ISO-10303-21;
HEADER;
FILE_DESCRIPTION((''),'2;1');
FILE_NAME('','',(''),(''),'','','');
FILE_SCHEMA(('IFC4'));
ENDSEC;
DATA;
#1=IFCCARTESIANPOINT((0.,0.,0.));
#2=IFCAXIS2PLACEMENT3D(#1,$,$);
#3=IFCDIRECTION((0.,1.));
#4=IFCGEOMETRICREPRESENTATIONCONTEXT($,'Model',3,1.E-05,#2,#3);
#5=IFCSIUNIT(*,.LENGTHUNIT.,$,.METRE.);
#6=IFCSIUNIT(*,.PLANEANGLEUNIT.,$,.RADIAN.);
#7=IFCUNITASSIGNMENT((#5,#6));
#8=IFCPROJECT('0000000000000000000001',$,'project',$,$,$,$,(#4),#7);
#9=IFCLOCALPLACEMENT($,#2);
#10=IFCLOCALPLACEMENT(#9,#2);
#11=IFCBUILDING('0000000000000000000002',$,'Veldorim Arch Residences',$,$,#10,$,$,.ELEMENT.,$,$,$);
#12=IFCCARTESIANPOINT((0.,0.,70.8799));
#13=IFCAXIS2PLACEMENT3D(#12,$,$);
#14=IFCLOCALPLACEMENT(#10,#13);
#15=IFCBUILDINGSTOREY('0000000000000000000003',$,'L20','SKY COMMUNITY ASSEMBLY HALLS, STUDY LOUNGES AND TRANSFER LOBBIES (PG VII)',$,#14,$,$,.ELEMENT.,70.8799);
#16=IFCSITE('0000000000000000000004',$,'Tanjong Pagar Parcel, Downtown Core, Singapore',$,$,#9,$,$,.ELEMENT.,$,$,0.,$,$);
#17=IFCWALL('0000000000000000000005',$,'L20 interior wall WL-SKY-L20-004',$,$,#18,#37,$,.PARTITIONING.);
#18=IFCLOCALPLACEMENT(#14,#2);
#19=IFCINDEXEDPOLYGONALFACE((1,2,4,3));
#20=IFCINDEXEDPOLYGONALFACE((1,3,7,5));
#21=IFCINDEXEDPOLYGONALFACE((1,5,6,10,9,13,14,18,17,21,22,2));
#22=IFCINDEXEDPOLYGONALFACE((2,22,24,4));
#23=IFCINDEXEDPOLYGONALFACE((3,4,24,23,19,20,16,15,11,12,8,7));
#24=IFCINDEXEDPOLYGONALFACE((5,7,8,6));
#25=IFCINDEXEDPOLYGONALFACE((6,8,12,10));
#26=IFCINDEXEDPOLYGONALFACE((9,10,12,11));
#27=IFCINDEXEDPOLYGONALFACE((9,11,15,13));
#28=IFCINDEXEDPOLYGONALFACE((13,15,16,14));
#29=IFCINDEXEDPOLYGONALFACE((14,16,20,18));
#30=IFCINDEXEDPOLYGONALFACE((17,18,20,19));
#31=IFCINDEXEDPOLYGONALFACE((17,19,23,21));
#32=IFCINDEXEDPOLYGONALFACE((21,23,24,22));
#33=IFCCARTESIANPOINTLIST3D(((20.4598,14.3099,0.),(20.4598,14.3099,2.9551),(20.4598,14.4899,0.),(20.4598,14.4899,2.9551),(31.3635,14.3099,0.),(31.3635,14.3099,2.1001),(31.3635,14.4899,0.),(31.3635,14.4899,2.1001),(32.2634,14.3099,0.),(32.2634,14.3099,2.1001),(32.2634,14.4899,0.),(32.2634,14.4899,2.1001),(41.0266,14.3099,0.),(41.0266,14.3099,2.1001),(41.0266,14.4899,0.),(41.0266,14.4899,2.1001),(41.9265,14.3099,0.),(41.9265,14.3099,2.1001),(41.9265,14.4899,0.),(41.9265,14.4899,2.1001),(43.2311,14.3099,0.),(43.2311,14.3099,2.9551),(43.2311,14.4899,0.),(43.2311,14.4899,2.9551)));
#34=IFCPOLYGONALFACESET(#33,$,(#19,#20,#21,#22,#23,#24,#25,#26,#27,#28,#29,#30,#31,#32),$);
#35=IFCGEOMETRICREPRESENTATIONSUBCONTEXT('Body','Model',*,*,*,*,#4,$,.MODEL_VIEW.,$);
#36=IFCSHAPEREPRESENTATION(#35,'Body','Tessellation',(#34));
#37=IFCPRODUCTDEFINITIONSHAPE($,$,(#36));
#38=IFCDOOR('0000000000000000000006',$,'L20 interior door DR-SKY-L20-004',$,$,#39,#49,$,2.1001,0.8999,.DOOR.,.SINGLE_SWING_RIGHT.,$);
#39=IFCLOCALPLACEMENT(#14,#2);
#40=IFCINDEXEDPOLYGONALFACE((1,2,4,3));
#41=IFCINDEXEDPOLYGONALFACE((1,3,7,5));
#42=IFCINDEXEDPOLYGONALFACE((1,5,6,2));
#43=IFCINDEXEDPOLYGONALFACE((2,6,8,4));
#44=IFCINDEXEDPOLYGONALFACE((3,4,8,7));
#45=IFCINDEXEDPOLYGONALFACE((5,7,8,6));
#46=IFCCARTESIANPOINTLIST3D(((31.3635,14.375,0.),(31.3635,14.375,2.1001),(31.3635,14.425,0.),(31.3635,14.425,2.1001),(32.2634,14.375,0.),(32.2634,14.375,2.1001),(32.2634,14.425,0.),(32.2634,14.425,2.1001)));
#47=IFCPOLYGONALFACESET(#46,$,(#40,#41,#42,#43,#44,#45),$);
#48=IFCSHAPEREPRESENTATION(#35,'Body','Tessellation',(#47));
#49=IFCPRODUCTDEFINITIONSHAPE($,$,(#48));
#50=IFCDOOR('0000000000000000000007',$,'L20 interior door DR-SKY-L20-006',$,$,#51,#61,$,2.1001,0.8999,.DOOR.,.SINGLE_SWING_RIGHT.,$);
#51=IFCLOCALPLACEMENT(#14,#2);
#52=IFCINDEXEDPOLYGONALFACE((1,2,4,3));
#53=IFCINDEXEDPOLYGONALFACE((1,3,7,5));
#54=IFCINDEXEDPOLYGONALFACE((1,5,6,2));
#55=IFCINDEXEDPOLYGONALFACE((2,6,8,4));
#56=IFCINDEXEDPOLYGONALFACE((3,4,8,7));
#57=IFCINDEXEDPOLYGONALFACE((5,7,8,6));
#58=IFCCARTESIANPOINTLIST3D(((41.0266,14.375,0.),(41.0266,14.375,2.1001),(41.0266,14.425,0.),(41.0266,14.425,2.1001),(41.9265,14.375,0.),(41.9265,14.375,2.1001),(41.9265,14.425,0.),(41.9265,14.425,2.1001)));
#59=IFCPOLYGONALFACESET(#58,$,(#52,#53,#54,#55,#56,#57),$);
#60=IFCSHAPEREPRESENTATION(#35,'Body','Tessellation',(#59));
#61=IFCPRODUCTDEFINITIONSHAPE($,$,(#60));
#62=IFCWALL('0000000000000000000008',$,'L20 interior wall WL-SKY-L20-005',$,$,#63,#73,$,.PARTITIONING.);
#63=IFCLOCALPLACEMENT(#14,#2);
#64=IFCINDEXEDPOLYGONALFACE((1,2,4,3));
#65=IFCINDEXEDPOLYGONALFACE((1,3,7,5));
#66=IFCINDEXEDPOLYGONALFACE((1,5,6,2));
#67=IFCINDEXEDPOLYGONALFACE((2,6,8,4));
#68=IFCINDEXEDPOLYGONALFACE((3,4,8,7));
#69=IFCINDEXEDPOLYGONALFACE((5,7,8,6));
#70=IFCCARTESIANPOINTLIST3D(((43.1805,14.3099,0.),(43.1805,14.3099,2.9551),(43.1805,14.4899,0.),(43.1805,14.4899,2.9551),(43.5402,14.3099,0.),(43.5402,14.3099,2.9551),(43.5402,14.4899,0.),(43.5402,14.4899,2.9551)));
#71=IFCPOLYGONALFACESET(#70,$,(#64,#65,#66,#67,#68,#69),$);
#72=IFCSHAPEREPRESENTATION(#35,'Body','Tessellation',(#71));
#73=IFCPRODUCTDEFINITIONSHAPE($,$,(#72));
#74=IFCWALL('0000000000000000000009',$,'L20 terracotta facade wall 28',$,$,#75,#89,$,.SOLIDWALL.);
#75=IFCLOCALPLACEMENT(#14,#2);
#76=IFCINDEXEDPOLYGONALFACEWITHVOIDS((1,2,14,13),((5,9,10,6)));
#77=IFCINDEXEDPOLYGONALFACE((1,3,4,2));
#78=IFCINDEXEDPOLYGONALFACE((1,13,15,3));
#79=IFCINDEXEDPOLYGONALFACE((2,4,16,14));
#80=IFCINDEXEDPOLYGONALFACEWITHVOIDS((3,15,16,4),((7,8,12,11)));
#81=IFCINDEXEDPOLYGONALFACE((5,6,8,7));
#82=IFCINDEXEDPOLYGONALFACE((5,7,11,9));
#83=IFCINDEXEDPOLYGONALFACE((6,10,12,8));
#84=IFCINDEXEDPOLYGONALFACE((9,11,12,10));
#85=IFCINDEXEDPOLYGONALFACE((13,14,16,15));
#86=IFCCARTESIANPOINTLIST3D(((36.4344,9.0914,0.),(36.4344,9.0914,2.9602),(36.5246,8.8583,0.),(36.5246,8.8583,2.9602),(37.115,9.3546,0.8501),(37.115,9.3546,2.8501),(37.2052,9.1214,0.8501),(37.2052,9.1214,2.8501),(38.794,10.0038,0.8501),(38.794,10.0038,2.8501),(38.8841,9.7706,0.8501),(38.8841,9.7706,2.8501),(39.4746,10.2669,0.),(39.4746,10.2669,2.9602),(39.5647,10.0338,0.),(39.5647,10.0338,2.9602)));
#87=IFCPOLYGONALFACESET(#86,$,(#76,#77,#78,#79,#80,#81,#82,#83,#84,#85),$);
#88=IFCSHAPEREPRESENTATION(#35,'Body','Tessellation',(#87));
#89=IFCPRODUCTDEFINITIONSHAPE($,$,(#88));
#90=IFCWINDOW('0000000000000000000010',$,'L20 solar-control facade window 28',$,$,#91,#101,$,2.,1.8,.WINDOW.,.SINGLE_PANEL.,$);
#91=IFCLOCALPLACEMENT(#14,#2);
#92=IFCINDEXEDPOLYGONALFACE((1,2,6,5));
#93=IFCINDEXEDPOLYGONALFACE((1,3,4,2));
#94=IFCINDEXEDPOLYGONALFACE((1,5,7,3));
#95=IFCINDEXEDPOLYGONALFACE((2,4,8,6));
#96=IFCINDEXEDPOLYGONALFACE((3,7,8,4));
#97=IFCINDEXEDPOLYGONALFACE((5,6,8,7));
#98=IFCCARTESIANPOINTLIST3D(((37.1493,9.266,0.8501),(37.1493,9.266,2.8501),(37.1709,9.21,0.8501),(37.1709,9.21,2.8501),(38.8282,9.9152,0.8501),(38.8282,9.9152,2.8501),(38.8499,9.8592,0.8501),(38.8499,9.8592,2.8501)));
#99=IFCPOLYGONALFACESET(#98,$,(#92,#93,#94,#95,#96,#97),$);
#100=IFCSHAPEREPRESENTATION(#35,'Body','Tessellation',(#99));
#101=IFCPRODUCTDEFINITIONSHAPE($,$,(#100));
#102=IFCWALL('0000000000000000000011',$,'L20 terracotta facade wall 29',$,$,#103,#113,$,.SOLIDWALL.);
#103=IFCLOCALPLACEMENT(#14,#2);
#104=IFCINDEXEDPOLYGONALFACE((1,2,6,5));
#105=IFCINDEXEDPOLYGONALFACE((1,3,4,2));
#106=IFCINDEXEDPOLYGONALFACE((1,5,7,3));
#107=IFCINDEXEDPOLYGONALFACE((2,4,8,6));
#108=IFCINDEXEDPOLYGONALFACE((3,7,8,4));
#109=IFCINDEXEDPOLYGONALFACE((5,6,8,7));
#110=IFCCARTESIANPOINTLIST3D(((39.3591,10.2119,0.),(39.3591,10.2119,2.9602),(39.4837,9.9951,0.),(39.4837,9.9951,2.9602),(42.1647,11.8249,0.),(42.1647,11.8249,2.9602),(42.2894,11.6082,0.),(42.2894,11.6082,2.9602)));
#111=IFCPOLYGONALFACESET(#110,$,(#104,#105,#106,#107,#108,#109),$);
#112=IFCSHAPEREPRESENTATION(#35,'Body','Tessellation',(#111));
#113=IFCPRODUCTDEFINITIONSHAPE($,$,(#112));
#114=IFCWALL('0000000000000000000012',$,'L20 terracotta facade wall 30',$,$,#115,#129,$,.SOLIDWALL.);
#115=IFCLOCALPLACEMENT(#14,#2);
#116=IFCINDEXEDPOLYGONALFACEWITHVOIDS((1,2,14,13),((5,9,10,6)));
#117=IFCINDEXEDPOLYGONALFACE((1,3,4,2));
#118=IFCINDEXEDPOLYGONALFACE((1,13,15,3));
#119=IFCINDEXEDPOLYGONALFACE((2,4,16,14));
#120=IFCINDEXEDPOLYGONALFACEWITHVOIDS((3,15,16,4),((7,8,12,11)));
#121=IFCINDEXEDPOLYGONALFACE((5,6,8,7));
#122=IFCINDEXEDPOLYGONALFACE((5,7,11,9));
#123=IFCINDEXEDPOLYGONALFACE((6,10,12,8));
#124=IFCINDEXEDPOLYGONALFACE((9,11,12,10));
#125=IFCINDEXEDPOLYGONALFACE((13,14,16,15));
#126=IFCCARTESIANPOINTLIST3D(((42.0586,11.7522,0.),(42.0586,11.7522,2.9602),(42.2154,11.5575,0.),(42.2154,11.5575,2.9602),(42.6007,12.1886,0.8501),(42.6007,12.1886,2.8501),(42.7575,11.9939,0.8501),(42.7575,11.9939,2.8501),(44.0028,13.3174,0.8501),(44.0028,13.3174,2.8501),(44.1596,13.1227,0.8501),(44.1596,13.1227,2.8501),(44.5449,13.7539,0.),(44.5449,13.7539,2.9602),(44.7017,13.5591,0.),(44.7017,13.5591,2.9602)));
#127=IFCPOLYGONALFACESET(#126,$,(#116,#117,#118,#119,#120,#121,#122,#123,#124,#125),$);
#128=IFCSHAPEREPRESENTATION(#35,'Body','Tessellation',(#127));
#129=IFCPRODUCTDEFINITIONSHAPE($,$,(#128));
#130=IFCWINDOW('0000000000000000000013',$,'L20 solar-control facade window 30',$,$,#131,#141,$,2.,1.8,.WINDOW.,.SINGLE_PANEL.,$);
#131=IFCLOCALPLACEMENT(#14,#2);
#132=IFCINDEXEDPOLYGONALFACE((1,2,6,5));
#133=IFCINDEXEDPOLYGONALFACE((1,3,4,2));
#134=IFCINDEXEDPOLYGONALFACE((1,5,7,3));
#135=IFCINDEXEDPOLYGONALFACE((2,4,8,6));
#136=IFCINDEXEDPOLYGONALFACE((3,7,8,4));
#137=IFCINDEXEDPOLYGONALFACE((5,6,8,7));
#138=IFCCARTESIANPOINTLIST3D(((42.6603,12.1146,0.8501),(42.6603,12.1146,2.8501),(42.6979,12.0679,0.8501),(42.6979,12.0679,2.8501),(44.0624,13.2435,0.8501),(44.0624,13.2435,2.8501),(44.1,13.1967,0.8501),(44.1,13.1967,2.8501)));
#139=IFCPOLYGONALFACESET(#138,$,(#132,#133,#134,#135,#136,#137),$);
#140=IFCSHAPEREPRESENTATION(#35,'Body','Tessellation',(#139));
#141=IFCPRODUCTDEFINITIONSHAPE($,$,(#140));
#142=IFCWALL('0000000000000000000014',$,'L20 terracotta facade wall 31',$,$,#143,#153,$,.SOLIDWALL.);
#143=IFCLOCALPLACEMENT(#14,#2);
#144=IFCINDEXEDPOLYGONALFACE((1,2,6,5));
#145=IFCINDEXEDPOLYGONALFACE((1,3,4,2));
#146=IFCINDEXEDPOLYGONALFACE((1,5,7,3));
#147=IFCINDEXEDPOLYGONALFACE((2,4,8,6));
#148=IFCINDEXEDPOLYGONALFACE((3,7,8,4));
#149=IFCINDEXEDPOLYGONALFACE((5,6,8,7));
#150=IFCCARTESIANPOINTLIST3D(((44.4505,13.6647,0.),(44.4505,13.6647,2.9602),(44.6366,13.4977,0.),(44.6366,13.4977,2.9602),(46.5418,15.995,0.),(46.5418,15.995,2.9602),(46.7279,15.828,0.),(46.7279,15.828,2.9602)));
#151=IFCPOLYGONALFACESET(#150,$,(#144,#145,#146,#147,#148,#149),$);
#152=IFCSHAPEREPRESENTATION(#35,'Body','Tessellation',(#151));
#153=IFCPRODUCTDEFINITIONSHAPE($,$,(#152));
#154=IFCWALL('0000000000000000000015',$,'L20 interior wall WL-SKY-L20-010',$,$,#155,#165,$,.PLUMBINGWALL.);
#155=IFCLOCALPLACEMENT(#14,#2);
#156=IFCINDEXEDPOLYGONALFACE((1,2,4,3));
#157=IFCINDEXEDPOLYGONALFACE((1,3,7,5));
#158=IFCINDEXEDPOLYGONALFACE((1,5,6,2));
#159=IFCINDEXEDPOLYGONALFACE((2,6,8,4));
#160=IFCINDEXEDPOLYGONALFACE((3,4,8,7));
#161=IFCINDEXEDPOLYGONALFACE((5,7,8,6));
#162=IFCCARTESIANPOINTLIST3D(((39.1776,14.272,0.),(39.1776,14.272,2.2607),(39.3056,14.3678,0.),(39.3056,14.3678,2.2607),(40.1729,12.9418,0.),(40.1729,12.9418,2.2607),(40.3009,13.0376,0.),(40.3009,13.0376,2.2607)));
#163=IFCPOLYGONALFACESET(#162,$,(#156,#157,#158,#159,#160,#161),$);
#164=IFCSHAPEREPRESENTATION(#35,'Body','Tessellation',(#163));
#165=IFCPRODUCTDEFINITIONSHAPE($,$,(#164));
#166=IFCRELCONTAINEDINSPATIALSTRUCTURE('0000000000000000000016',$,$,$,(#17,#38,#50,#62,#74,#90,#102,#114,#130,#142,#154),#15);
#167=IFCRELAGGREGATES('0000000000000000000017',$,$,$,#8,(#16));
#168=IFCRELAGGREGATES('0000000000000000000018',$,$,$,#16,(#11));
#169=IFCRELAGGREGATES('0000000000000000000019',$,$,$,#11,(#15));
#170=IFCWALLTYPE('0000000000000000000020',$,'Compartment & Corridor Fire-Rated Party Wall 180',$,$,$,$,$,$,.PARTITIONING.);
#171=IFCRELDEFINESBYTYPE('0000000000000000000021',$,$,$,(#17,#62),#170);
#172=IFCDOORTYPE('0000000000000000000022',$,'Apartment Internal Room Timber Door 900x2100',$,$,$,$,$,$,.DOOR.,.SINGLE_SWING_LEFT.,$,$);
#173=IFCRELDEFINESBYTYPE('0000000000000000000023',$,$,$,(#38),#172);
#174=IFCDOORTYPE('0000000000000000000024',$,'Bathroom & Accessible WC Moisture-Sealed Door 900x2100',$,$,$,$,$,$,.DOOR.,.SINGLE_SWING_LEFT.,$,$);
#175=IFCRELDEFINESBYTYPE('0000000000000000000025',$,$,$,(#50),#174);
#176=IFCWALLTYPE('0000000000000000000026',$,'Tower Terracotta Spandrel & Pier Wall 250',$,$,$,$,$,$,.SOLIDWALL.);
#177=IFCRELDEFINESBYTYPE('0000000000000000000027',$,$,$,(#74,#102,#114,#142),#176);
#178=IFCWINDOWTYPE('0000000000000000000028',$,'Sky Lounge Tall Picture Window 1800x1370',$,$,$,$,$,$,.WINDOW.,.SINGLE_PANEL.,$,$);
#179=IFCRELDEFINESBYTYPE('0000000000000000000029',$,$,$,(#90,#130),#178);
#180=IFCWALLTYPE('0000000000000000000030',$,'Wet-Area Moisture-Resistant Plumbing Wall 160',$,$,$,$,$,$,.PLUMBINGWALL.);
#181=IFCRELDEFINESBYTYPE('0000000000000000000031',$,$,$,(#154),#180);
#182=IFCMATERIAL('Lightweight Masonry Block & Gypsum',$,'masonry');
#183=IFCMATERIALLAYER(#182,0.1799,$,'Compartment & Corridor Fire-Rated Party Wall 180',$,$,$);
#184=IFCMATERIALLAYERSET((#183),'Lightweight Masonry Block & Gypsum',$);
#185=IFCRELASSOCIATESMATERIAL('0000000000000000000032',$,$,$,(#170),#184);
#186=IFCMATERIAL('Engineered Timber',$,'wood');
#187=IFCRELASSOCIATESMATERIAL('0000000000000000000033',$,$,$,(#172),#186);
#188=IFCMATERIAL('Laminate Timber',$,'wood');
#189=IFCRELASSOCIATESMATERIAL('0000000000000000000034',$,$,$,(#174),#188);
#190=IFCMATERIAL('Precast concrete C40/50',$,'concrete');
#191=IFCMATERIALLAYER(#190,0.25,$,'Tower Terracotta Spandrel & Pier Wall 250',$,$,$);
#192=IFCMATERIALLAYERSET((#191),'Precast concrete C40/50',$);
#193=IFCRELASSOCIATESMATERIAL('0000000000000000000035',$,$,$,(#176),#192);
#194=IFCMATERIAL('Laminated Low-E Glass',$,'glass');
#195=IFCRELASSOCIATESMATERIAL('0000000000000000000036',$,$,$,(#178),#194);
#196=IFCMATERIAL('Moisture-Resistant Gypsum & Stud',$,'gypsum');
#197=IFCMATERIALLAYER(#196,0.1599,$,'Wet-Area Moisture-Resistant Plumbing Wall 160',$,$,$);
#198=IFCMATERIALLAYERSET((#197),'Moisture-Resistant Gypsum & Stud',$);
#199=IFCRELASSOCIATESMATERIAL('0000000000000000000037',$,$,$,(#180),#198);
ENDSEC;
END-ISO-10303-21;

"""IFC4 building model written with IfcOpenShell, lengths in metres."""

from ifc_helpers import new_model, si_unit, direction, frame, frame_2d, origin, place, context, subcontext, project, spatial, rectangle, extrude, material, layer, layer_set, type_object, element, fill, save


model = new_model("IFC4")

# Units and contexts
model_context = context("Model", 3, precision=1e-05, world=origin(), true_north=direction((0.0, 1.0)))
body_context = subcontext(model_context, "Body", "Model", "MODEL_VIEW")
ifc_project = project(units=[si_unit("LENGTHUNIT", "METRE"), si_unit("PLANEANGLEUNIT", "RADIAN")], contexts=[model_context])

# Site, building, storey
site_placement = place(None, origin())
site = spatial("IfcSite", under=ifc_project, at=site_placement, Name="Tanjong Pagar Parcel, Downtown Core, Singapore", CompositionType="ELEMENT", RefElevation=0.0)
building_placement = place(site_placement, origin())
building = spatial("IfcBuilding", under=site, at=building_placement, Name="Veldorim Arch Residences", CompositionType="ELEMENT")
storey_placement = place(building_placement, frame((0.0, 0.0, 70.8799)))
storey = spatial("IfcBuildingStorey", under=building, at=storey_placement, Name="L20", Description="SKY COMMUNITY ASSEMBLY HALLS, STUDY LOUNGES AND TRANSFER LOBBIES (PG VII)", CompositionType="ELEMENT", Elevation=70.8799)

# Wall, openings, doors
ifc_material_1 = material(Name="Lightweight Masonry Block & Gypsum", Category="masonry")
ifc_layer_1 = layer(ifc_material_1, 0.1799, Name="Compartment & Corridor Fire-Rated Party Wall 180")
ifc_layer_set_1 = layer_set([ifc_layer_1], Name="Lightweight Masonry Block & Gypsum")
wall_type_1 = type_object("IfcWallType", Name="Compartment & Corridor Fire-Rated Party Wall 180", PredefinedType="PARTITIONING", material=ifc_layer_set_1)
wall_1_placement = place(storey_placement, frame((43.2312, 14.3999, 0.0), z_axis=(0.0, 0.0, 1.0), x_axis=(-1.0, 0.0, 0.0)))
wall_1 = element("IfcWall", 1, at=wall_1_placement, inside=storey, type_object=wall_type_1, Name="L20 interior wall WL-SKY-L20-004", PredefinedType="PARTITIONING", context=body_context, shape_type="SweptSolid", body=[
    extrude(rectangle(XDim=22.7712, YDim=0.1799, at=frame_2d((11.3857, 0.0))), origin(), (0.0, 0.0, 1.0), 2.9551),
])
opening_1_placement = place(wall_1_placement, frame((10.9678, 0.0, 0.0)))
opening_1 = element("IfcOpeningElement", 2, at=opening_1_placement, cuts=wall_1, PredefinedType="OPENING", context=body_context, shape_type="SweptSolid", body=[
    extrude(rectangle(XDim=0.8999, YDim=2.1001, at=frame_2d((0.45, 1.05))), frame((0.0, 0.0999, 0.0), z_axis=(0.0, -1.0, 0.0), x_axis=(1.0, 0.0, 0.0)), (0.0, 0.0, 1.0), 0.2),
])
opening_2_placement = place(wall_1_placement, frame((1.3047, 0.0, 0.0)))
opening_2 = element("IfcOpeningElement", 3, at=opening_2_placement, cuts=wall_1, PredefinedType="OPENING", context=body_context, shape_type="SweptSolid", body=[
    extrude(rectangle(XDim=0.8999, YDim=2.1001, at=frame_2d((0.45, 1.05))), frame((0.0, 0.0999, 0.0), z_axis=(0.0, -1.0, 0.0), x_axis=(1.0, 0.0, 0.0)), (0.0, 0.0, 1.0), 0.2),
])
ifc_material_2 = material(Name="Engineered Timber", Category="wood")
door_type_1 = type_object("IfcDoorType", Name="Apartment Internal Room Timber Door 900x2100", OperationType="SINGLE_SWING_LEFT", PredefinedType="DOOR", material=ifc_material_2)
door_1_placement = place(opening_1_placement, origin())
door_1 = element("IfcDoor", 4, at=door_1_placement, inside=storey, type_object=door_type_1, Name="L20 interior door DR-SKY-L20-004", OperationType="SINGLE_SWING_RIGHT", OverallHeight=2.1001, OverallWidth=0.8999, PredefinedType="DOOR", context=body_context, shape_type="SweptSolid", body=[
    extrude(rectangle(XDim=0.8999, YDim=2.1001, at=frame_2d((0.45, 1.05))), frame((0.0, 0.0249, 0.0), z_axis=(0.0, -1.0, 0.0), x_axis=(1.0, 0.0, 0.0)), (0.0, 0.0, 1.0), 0.05),
])
fill(opening_1, door_1)
ifc_material_3 = material(Name="Laminate Timber", Category="wood")
door_type_2 = type_object("IfcDoorType", Name="Bathroom & Accessible WC Moisture-Sealed Door 900x2100", OperationType="SINGLE_SWING_LEFT", PredefinedType="DOOR", material=ifc_material_3)
door_2_placement = place(opening_2_placement, origin())
door_2 = element("IfcDoor", 5, at=door_2_placement, inside=storey, type_object=door_type_2, Name="L20 interior door DR-SKY-L20-006", OperationType="SINGLE_SWING_RIGHT", OverallHeight=2.1001, OverallWidth=0.8999, PredefinedType="DOOR", context=body_context, shape_type="SweptSolid", body=[
    extrude(rectangle(XDim=0.8999, YDim=2.1001, at=frame_2d((0.45, 1.05))), frame((0.0, 0.0249, 0.0), z_axis=(0.0, -1.0, 0.0), x_axis=(1.0, 0.0, 0.0)), (0.0, 0.0, 1.0), 0.05),
])
fill(opening_2, door_2)

# Wall
wall_2_placement = place(storey_placement, frame((43.54, 14.3999, 0.0), z_axis=(0.0, 0.0, 1.0), x_axis=(-1.0, 0.0, 0.0)))
element("IfcWall", 6, at=wall_2_placement, inside=storey, type_object=wall_type_1, Name="L20 interior wall WL-SKY-L20-005", PredefinedType="PARTITIONING", context=body_context, shape_type="SweptSolid", body=[
    extrude(rectangle(XDim=0.3596, YDim=0.1799, at=frame_2d((0.1797, 0.0))), origin(), (0.0, 0.0, 1.0), 2.9551),
])

# Wall, opening, window
ifc_material_4 = material(Name="Precast concrete C40/50", Category="concrete")
ifc_layer_2 = layer(ifc_material_4, 0.25, Name="Tower Terracotta Spandrel & Pier Wall 250")
ifc_layer_set_2 = layer_set([ifc_layer_2], Name="Precast concrete C40/50")
wall_type_2 = type_object("IfcWallType", Name="Tower Terracotta Spandrel & Pier Wall 250", PredefinedType="SOLIDWALL", material=ifc_layer_set_2)
wall_3_placement = place(storey_placement, frame((39.5198, 10.1504, 0.0), z_axis=(0.0, 0.0, 1.0), x_axis=(-0.932707, -0.360635, 0.0)))
wall_3 = element("IfcWall", 7, at=wall_3_placement, inside=storey, type_object=wall_type_2, Name="L20 terracotta facade wall 28", PredefinedType="SOLIDWALL", context=body_context, shape_type="SweptSolid", body=[
    extrude(rectangle(XDim=3.2595, YDim=0.25, at=frame_2d((1.6299, 0.0))), origin(), (0.0, 0.0, 1.0), 2.9602),
])
opening_3_placement = place(wall_3_placement, frame((0.73, 0.0, 0.8501)))
opening_3 = element("IfcOpeningElement", 8, at=opening_3_placement, cuts=wall_3, PredefinedType="OPENING", context=body_context, shape_type="SweptSolid", body=[
    extrude(rectangle(XDim=1.8, YDim=2.0, at=frame_2d((0.8999, 1.0))), frame((0.0, 0.135, 0.0), z_axis=(0.0, -1.0, 0.0), x_axis=(1.0, 0.0, 0.0)), (0.0, 0.0, 1.0), 0.27),
])
ifc_material_5 = material(Name="Laminated Low-E Glass", Category="glass")
window_type = type_object("IfcWindowType", Name="Sky Lounge Tall Picture Window 1800x1370", PartitioningType="SINGLE_PANEL", PredefinedType="WINDOW", material=ifc_material_5)
window_1_placement = place(opening_3_placement, origin())
window_1 = element("IfcWindow", 9, at=window_1_placement, inside=storey, type_object=window_type, Name="L20 solar-control facade window 28", OverallHeight=2.0, OverallWidth=1.8, PartitioningType="SINGLE_PANEL", PredefinedType="WINDOW", context=body_context, shape_type="SweptSolid", body=[
    extrude(rectangle(XDim=1.8, YDim=2.0, at=frame_2d((0.8999, 1.0))), frame((0.0, 0.03, 0.0), z_axis=(0.0, -1.0, 0.0), x_axis=(1.0, 0.0, 0.0)), (0.0, 0.0, 1.0), 0.0601),
])
fill(opening_3, window_1)

# Wall
wall_4_placement = place(storey_placement, frame((42.2271, 11.7166, 0.0), z_axis=(0.0, 0.0, 1.0), x_axis=(-0.866936, -0.49842, 0.0)))
element("IfcWall", 10, at=wall_4_placement, inside=storey, type_object=wall_type_2, Name="L20 terracotta facade wall 29", PredefinedType="SOLIDWALL", context=body_context, shape_type="SweptSolid", body=[
    extrude(rectangle(XDim=3.2363, YDim=0.25, at=frame_2d((1.6182, 0.0))), origin(), (0.0, 0.0, 1.0), 2.9602),
])

# Wall, opening, window
wall_5_placement = place(storey_placement, frame((44.6233, 13.6565, 0.0), z_axis=(0.0, 0.0, 1.0), x_axis=(-0.778932, -0.627108, 0.0)))
wall_5 = element("IfcWall", 11, at=wall_5_placement, inside=storey, type_object=wall_type_2, Name="L20 terracotta facade wall 30", PredefinedType="SOLIDWALL", context=body_context, shape_type="SweptSolid", body=[
    extrude(rectangle(XDim=3.1919, YDim=0.25, at=frame_2d((1.5959, 0.0))), origin(), (0.0, 0.0, 1.0), 2.9602),
])
opening_4_placement = place(wall_5_placement, frame((0.696, 0.0, 0.8501)))
opening_4 = element("IfcOpeningElement", 12, at=opening_4_placement, cuts=wall_5, PredefinedType="OPENING", context=body_context, shape_type="SweptSolid", body=[
    extrude(rectangle(XDim=1.8, YDim=2.0, at=frame_2d((0.8999, 1.0))), frame((0.0, 0.135, 0.0), z_axis=(0.0, -1.0, 0.0), x_axis=(1.0, 0.0, 0.0)), (0.0, 0.0, 1.0), 0.27),
])
window_2_placement = place(opening_4_placement, origin())
window_2 = element("IfcWindow", 13, at=window_2_placement, inside=storey, type_object=window_type, Name="L20 solar-control facade window 30", OverallHeight=2.0, OverallWidth=1.8, PartitioningType="SINGLE_PANEL", PredefinedType="WINDOW", context=body_context, shape_type="SweptSolid", body=[
    extrude(rectangle(XDim=1.8, YDim=2.0, at=frame_2d((0.8999, 1.0))), frame((0.0, 0.03, 0.0), z_axis=(0.0, -1.0, 0.0), x_axis=(1.0, 0.0, 0.0)), (0.0, 0.0, 1.0), 0.0601),
])
fill(opening_4, window_2)

# Walls
wall_6_placement = place(storey_placement, frame((46.6348, 15.9114, 0.0), z_axis=(0.0, 0.0, 1.0), x_axis=(-0.667909, -0.744243, 0.0)))
element("IfcWall", 14, at=wall_6_placement, inside=storey, type_object=wall_type_2, Name="L20 terracotta facade wall 31", PredefinedType="SOLIDWALL", context=body_context, shape_type="SweptSolid", body=[
    extrude(rectangle(XDim=3.1311, YDim=0.25, at=frame_2d((1.5654, 0.0))), origin(), (0.0, 0.0, 1.0), 2.9602),
])
ifc_material_6 = material(Name="Moisture-Resistant Gypsum & Stud", Category="gypsum")
ifc_layer_3 = layer(ifc_material_6, 0.1599, Name="Wet-Area Moisture-Resistant Plumbing Wall 160")
ifc_layer_set_3 = layer_set([ifc_layer_3], Name="Moisture-Resistant Gypsum & Stud")
wall_type_3 = type_object("IfcWallType", Name="Wet-Area Moisture-Resistant Plumbing Wall 160", PredefinedType="PLUMBINGWALL", material=ifc_layer_set_3)
wall_7_placement = place(storey_placement, frame((39.2417, 14.3198, 0.0), z_axis=(0.0, 0.0, 1.0), x_axis=(0.599083, -0.800687, 0.0)))
element("IfcWall", 15, at=wall_7_placement, inside=storey, type_object=wall_type_3, Name="L20 interior wall WL-SKY-L20-010", PredefinedType="PLUMBINGWALL", context=body_context, shape_type="SweptSolid", body=[
    extrude(rectangle(XDim=1.6614, YDim=0.1599, at=frame_2d((0.8306, 0.0))), origin(), (0.0, 0.0, 1.0), 2.2607),
])

save(model, "model.ifc")
